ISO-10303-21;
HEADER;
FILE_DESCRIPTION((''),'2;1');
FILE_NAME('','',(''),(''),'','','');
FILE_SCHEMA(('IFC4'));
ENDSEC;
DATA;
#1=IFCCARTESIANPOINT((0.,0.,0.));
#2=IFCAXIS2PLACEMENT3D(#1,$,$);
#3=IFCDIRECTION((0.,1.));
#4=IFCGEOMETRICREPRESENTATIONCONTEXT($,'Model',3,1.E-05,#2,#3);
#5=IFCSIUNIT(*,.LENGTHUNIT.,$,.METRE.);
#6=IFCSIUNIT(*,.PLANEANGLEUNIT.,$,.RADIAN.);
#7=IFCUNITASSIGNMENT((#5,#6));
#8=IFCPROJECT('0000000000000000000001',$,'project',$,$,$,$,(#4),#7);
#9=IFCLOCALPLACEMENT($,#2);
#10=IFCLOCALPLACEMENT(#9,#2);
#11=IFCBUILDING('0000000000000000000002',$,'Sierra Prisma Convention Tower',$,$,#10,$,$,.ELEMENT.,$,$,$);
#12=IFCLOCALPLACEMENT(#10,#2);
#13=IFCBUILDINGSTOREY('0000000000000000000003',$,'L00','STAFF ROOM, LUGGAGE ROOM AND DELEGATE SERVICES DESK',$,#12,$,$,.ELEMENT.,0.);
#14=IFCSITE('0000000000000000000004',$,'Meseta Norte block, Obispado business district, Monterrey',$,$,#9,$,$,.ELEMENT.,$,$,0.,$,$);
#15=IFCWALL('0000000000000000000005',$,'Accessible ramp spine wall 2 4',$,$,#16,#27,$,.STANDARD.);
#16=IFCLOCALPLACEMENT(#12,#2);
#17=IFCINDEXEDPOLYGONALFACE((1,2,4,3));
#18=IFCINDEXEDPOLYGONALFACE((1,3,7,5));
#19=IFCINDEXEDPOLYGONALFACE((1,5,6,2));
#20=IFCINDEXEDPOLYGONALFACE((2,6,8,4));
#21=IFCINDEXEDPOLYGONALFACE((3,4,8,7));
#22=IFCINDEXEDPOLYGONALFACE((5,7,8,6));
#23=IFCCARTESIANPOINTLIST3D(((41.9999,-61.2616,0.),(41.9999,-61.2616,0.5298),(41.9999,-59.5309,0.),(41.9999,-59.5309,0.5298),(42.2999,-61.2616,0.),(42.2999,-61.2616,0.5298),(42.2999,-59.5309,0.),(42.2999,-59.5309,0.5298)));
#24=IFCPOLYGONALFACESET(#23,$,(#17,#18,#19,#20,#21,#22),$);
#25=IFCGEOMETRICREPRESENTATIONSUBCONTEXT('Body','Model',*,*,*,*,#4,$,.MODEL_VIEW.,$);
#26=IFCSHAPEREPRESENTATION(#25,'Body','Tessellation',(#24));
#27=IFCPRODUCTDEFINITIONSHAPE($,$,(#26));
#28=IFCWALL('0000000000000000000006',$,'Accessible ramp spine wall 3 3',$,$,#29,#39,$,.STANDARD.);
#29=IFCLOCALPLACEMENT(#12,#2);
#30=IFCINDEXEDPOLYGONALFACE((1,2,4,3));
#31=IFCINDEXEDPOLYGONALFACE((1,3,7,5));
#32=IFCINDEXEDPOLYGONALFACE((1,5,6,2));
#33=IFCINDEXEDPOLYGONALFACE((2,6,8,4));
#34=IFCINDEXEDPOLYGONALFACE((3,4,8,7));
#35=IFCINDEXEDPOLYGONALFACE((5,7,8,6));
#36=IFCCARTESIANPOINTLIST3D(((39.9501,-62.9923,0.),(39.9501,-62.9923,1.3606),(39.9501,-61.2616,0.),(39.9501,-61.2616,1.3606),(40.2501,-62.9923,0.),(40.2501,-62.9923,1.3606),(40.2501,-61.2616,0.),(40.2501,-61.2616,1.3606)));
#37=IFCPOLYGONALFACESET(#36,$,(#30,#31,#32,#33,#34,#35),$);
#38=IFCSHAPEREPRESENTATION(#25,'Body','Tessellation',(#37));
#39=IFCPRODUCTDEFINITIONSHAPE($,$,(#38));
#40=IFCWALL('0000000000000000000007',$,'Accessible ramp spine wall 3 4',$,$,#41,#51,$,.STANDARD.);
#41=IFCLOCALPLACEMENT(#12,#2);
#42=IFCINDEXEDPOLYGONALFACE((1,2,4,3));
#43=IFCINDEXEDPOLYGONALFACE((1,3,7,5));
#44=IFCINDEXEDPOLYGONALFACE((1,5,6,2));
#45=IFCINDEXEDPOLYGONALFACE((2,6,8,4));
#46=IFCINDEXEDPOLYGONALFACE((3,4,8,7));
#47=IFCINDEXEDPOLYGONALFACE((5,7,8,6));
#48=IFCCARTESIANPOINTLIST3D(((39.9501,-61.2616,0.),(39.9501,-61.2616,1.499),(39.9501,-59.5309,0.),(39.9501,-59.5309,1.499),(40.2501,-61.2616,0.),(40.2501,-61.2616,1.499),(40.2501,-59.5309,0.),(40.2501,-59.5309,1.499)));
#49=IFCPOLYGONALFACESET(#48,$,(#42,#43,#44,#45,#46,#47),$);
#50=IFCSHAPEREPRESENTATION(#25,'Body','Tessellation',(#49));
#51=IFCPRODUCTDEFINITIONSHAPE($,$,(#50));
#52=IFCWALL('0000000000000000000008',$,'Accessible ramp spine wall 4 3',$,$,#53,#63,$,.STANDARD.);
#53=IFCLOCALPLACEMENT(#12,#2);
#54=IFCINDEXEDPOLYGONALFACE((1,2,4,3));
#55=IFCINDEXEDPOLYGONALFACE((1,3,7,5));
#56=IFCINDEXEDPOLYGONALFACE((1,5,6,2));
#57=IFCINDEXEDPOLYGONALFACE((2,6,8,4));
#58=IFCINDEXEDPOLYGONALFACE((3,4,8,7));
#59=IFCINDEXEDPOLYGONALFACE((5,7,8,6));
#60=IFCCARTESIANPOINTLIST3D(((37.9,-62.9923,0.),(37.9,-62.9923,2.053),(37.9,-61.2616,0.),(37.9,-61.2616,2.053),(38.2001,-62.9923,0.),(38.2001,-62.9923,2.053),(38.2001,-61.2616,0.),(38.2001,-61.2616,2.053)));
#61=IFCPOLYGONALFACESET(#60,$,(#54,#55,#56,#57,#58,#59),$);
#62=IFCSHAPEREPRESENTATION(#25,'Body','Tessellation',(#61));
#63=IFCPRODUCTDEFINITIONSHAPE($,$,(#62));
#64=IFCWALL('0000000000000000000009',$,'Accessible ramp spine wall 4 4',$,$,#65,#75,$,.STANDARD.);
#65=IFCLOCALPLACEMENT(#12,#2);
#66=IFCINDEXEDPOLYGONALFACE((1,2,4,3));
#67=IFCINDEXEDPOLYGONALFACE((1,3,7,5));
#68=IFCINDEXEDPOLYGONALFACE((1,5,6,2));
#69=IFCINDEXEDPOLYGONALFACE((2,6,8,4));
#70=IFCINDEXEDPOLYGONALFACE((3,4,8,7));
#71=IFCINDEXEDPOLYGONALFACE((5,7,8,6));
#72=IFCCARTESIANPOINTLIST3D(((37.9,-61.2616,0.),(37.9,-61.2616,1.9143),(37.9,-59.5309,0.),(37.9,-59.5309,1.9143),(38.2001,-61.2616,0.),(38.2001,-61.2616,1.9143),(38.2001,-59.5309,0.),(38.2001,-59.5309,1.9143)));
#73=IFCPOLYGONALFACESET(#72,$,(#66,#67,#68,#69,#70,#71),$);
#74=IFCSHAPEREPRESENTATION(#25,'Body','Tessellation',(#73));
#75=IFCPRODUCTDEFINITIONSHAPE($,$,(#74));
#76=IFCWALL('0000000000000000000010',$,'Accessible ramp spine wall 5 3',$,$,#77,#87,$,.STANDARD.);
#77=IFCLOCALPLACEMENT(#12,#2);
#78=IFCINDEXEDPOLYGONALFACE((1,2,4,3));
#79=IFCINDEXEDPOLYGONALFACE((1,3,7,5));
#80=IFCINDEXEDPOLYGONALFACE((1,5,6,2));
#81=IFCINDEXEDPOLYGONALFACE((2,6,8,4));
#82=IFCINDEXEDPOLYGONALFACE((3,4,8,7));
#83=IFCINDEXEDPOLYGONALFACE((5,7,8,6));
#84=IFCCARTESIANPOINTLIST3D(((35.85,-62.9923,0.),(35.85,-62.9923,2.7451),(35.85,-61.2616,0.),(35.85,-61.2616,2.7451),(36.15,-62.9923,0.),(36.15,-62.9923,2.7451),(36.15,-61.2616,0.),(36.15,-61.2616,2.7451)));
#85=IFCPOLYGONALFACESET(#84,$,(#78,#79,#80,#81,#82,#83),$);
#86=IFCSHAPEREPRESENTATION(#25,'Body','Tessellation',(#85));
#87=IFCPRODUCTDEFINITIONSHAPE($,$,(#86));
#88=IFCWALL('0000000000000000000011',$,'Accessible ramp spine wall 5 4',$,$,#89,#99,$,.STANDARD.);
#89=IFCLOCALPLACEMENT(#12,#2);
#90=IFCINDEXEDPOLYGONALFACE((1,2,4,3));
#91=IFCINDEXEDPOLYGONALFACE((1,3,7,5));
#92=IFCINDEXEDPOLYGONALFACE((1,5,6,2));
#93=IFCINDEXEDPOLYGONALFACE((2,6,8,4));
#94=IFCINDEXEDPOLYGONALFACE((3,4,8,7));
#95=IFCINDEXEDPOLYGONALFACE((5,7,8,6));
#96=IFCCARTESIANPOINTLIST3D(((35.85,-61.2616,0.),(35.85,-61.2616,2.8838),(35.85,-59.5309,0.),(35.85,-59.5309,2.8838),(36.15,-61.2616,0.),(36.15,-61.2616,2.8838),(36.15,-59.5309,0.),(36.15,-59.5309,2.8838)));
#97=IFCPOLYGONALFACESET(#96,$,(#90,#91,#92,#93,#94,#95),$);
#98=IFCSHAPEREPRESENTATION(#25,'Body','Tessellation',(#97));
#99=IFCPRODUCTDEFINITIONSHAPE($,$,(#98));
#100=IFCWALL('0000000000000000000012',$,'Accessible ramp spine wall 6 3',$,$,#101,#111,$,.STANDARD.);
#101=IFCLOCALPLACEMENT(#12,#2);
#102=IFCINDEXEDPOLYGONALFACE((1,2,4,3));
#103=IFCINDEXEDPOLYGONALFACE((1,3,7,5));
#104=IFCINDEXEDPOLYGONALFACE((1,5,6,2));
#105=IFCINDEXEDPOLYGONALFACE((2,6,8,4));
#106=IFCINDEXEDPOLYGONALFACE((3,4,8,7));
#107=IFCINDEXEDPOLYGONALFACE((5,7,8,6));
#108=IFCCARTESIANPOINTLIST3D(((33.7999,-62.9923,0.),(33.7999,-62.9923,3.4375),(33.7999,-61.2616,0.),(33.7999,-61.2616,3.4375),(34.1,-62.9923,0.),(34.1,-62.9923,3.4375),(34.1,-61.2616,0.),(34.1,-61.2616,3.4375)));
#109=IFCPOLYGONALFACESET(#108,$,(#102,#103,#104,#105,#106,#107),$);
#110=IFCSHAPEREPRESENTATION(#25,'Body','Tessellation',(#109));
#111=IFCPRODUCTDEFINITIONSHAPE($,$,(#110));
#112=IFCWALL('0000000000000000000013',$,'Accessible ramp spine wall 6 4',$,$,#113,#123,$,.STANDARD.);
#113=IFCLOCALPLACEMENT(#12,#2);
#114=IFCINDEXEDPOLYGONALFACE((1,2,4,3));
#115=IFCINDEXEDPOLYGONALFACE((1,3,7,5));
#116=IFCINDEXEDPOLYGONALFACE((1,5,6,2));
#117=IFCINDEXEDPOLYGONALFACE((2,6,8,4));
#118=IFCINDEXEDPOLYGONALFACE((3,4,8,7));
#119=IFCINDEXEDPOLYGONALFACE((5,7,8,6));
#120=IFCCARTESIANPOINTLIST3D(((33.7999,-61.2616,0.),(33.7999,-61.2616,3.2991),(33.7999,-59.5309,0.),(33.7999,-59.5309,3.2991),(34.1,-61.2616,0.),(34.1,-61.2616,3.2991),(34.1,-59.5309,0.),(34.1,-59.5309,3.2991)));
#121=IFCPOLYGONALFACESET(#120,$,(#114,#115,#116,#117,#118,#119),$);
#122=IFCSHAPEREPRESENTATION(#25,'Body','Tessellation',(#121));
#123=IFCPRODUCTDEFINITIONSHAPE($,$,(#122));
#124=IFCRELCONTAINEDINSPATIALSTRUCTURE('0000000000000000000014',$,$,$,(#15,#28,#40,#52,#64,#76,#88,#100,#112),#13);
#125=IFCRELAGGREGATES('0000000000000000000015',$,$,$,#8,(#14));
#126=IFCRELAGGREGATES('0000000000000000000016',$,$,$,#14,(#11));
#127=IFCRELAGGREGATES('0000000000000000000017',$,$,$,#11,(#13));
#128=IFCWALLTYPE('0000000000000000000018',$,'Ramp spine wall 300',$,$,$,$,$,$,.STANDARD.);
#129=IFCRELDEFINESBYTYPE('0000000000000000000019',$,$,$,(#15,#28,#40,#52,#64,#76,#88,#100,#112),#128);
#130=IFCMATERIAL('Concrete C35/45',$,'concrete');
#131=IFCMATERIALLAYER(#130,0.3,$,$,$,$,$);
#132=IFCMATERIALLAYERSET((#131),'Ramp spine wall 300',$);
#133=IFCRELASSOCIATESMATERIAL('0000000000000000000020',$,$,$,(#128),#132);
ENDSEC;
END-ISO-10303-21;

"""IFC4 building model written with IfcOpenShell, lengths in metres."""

from ifc_helpers import new_model, si_unit, direction, frame, frame_2d, origin, place, context, subcontext, project, spatial, rectangle, extrude, material, layer, layer_set, type_object, element, save


model = new_model("IFC4")

# Units and contexts
model_context = context("Model", 3, precision=1e-05, world=origin(), true_north=direction((0.0, 1.0)))
body_context = subcontext(model_context, "Body", "Model", "MODEL_VIEW")
ifc_project = project(units=[si_unit("LENGTHUNIT", "METRE"), si_unit("PLANEANGLEUNIT", "RADIAN")], contexts=[model_context])

# Site, building, storey
site_placement = place(None, origin())
site = spatial("IfcSite", under=ifc_project, at=site_placement, Name="Meseta Norte block, Obispado business district, Monterrey", CompositionType="ELEMENT", RefElevation=0.0)
building_placement = place(site_placement, origin())
building = spatial("IfcBuilding", under=site, at=building_placement, Name="Sierra Prisma Convention Tower", CompositionType="ELEMENT")
storey_placement = place(building_placement, origin())
storey = spatial("IfcBuildingStorey", under=building, at=storey_placement, Name="L00", Description="STAFF ROOM, LUGGAGE ROOM AND DELEGATE SERVICES DESK", CompositionType="ELEMENT", Elevation=0.0)

# Walls
ifc_material_1 = material(Name="Concrete C35/45", Category="concrete")
ifc_layer_1 = layer(ifc_material_1, 0.3)
ifc_layer_set_1 = layer_set([ifc_layer_1], Name="Ramp spine wall 300")
wall_type_1 = type_object("IfcWallType", Name="Ramp spine wall 300", PredefinedType="STANDARD", material=ifc_layer_set_1)
wall_1_placement = place(storey_placement, frame((42.1499, -61.2615, 0.0), z_axis=(0.0, 0.0, 1.0), x_axis=(0.0, 1.0, 0.0)))
element("IfcWall", 1, at=wall_1_placement, inside=storey, type_object=wall_type_1, Name="Accessible ramp spine wall 2 4", PredefinedType="STANDARD", context=body_context, shape_type="SweptSolid", body=[
    extrude(rectangle(XDim=1.7307, YDim=0.3, at=frame_2d((0.8652, 0.0))), origin(), (0.0, 0.0, 1.0), 0.5298),
])
wall_2_placement = place(storey_placement, frame((40.1001, -62.9922, 0.0), z_axis=(0.0, 0.0, 1.0), x_axis=(0.0, 1.0, 0.0)))
element("IfcWall", 2, at=wall_2_placement, inside=storey, type_object=wall_type_1, Name="Accessible ramp spine wall 3 3", PredefinedType="STANDARD", context=body_context, shape_type="SweptSolid", body=[
    extrude(rectangle(XDim=1.7307, YDim=0.3, at=frame_2d((0.8652, 0.0))), origin(), (0.0, 0.0, 1.0), 1.3606),
])
wall_3_placement = place(storey_placement, frame((40.1001, -61.2615, 0.0), z_axis=(0.0, 0.0, 1.0), x_axis=(0.0, 1.0, 0.0)))
element("IfcWall", 3, at=wall_3_placement, inside=storey, type_object=wall_type_1, Name="Accessible ramp spine wall 3 4", PredefinedType="STANDARD", context=body_context, shape_type="SweptSolid", body=[
    extrude(rectangle(XDim=1.7307, YDim=0.3, at=frame_2d((0.8652, 0.0))), origin(), (0.0, 0.0, 1.0), 1.499),
])
wall_4_placement = place(storey_placement, frame((38.05, -62.9922, 0.0), z_axis=(0.0, 0.0, 1.0), x_axis=(0.0, 1.0, 0.0)))
element("IfcWall", 4, at=wall_4_placement, inside=storey, type_object=wall_type_1, Name="Accessible ramp spine wall 4 3", PredefinedType="STANDARD", context=body_context, shape_type="SweptSolid", body=[
    extrude(rectangle(XDim=1.7307, YDim=0.3, at=frame_2d((0.8652, 0.0))), origin(), (0.0, 0.0, 1.0), 2.053),
])
wall_5_placement = place(storey_placement, frame((38.05, -61.2615, 0.0), z_axis=(0.0, 0.0, 1.0), x_axis=(0.0, 1.0, 0.0)))
element("IfcWall", 5, at=wall_5_placement, inside=storey, type_object=wall_type_1, Name="Accessible ramp spine wall 4 4", PredefinedType="STANDARD", context=body_context, shape_type="SweptSolid", body=[
    extrude(rectangle(XDim=1.7307, YDim=0.3, at=frame_2d((0.8652, 0.0))), origin(), (0.0, 0.0, 1.0), 1.9143),
])
wall_6_placement = place(storey_placement, frame((36.0, -62.9922, 0.0), z_axis=(0.0, 0.0, 1.0), x_axis=(0.0, 1.0, 0.0)))
element("IfcWall", 6, at=wall_6_placement, inside=storey, type_object=wall_type_1, Name="Accessible ramp spine wall 5 3", PredefinedType="STANDARD", context=body_context, shape_type="SweptSolid", body=[
    extrude(rectangle(XDim=1.7307, YDim=0.3, at=frame_2d((0.8652, 0.0))), origin(), (0.0, 0.0, 1.0), 2.7451),
])
wall_7_placement = place(storey_placement, frame((36.0, -61.2615, 0.0), z_axis=(0.0, 0.0, 1.0), x_axis=(0.0, 1.0, 0.0)))
element("IfcWall", 7, at=wall_7_placement, inside=storey, type_object=wall_type_1, Name="Accessible ramp spine wall 5 4", PredefinedType="STANDARD", context=body_context, shape_type="SweptSolid", body=[
    extrude(rectangle(XDim=1.7307, YDim=0.3, at=frame_2d((0.8652, 0.0))), origin(), (0.0, 0.0, 1.0), 2.8838),
])
wall_8_placement = place(storey_placement, frame((33.95, -62.9922, 0.0), z_axis=(0.0, 0.0, 1.0), x_axis=(0.0, 1.0, 0.0)))
element("IfcWall", 8, at=wall_8_placement, inside=storey, type_object=wall_type_1, Name="Accessible ramp spine wall 6 3", PredefinedType="STANDARD", context=body_context, shape_type="SweptSolid", body=[
    extrude(rectangle(XDim=1.7307, YDim=0.3, at=frame_2d((0.8652, 0.0))), origin(), (0.0, 0.0, 1.0), 3.4375),
])
wall_9_placement = place(storey_placement, frame((33.95, -61.2615, 0.0), z_axis=(0.0, 0.0, 1.0), x_axis=(0.0, 1.0, 0.0)))
element("IfcWall", 9, at=wall_9_placement, inside=storey, type_object=wall_type_1, Name="Accessible ramp spine wall 6 4", PredefinedType="STANDARD", context=body_context, shape_type="SweptSolid", body=[
    extrude(rectangle(XDim=1.7307, YDim=0.3, at=frame_2d((0.8652, 0.0))), origin(), (0.0, 0.0, 1.0), 3.2991),
])

save(model, "model.ifc")
